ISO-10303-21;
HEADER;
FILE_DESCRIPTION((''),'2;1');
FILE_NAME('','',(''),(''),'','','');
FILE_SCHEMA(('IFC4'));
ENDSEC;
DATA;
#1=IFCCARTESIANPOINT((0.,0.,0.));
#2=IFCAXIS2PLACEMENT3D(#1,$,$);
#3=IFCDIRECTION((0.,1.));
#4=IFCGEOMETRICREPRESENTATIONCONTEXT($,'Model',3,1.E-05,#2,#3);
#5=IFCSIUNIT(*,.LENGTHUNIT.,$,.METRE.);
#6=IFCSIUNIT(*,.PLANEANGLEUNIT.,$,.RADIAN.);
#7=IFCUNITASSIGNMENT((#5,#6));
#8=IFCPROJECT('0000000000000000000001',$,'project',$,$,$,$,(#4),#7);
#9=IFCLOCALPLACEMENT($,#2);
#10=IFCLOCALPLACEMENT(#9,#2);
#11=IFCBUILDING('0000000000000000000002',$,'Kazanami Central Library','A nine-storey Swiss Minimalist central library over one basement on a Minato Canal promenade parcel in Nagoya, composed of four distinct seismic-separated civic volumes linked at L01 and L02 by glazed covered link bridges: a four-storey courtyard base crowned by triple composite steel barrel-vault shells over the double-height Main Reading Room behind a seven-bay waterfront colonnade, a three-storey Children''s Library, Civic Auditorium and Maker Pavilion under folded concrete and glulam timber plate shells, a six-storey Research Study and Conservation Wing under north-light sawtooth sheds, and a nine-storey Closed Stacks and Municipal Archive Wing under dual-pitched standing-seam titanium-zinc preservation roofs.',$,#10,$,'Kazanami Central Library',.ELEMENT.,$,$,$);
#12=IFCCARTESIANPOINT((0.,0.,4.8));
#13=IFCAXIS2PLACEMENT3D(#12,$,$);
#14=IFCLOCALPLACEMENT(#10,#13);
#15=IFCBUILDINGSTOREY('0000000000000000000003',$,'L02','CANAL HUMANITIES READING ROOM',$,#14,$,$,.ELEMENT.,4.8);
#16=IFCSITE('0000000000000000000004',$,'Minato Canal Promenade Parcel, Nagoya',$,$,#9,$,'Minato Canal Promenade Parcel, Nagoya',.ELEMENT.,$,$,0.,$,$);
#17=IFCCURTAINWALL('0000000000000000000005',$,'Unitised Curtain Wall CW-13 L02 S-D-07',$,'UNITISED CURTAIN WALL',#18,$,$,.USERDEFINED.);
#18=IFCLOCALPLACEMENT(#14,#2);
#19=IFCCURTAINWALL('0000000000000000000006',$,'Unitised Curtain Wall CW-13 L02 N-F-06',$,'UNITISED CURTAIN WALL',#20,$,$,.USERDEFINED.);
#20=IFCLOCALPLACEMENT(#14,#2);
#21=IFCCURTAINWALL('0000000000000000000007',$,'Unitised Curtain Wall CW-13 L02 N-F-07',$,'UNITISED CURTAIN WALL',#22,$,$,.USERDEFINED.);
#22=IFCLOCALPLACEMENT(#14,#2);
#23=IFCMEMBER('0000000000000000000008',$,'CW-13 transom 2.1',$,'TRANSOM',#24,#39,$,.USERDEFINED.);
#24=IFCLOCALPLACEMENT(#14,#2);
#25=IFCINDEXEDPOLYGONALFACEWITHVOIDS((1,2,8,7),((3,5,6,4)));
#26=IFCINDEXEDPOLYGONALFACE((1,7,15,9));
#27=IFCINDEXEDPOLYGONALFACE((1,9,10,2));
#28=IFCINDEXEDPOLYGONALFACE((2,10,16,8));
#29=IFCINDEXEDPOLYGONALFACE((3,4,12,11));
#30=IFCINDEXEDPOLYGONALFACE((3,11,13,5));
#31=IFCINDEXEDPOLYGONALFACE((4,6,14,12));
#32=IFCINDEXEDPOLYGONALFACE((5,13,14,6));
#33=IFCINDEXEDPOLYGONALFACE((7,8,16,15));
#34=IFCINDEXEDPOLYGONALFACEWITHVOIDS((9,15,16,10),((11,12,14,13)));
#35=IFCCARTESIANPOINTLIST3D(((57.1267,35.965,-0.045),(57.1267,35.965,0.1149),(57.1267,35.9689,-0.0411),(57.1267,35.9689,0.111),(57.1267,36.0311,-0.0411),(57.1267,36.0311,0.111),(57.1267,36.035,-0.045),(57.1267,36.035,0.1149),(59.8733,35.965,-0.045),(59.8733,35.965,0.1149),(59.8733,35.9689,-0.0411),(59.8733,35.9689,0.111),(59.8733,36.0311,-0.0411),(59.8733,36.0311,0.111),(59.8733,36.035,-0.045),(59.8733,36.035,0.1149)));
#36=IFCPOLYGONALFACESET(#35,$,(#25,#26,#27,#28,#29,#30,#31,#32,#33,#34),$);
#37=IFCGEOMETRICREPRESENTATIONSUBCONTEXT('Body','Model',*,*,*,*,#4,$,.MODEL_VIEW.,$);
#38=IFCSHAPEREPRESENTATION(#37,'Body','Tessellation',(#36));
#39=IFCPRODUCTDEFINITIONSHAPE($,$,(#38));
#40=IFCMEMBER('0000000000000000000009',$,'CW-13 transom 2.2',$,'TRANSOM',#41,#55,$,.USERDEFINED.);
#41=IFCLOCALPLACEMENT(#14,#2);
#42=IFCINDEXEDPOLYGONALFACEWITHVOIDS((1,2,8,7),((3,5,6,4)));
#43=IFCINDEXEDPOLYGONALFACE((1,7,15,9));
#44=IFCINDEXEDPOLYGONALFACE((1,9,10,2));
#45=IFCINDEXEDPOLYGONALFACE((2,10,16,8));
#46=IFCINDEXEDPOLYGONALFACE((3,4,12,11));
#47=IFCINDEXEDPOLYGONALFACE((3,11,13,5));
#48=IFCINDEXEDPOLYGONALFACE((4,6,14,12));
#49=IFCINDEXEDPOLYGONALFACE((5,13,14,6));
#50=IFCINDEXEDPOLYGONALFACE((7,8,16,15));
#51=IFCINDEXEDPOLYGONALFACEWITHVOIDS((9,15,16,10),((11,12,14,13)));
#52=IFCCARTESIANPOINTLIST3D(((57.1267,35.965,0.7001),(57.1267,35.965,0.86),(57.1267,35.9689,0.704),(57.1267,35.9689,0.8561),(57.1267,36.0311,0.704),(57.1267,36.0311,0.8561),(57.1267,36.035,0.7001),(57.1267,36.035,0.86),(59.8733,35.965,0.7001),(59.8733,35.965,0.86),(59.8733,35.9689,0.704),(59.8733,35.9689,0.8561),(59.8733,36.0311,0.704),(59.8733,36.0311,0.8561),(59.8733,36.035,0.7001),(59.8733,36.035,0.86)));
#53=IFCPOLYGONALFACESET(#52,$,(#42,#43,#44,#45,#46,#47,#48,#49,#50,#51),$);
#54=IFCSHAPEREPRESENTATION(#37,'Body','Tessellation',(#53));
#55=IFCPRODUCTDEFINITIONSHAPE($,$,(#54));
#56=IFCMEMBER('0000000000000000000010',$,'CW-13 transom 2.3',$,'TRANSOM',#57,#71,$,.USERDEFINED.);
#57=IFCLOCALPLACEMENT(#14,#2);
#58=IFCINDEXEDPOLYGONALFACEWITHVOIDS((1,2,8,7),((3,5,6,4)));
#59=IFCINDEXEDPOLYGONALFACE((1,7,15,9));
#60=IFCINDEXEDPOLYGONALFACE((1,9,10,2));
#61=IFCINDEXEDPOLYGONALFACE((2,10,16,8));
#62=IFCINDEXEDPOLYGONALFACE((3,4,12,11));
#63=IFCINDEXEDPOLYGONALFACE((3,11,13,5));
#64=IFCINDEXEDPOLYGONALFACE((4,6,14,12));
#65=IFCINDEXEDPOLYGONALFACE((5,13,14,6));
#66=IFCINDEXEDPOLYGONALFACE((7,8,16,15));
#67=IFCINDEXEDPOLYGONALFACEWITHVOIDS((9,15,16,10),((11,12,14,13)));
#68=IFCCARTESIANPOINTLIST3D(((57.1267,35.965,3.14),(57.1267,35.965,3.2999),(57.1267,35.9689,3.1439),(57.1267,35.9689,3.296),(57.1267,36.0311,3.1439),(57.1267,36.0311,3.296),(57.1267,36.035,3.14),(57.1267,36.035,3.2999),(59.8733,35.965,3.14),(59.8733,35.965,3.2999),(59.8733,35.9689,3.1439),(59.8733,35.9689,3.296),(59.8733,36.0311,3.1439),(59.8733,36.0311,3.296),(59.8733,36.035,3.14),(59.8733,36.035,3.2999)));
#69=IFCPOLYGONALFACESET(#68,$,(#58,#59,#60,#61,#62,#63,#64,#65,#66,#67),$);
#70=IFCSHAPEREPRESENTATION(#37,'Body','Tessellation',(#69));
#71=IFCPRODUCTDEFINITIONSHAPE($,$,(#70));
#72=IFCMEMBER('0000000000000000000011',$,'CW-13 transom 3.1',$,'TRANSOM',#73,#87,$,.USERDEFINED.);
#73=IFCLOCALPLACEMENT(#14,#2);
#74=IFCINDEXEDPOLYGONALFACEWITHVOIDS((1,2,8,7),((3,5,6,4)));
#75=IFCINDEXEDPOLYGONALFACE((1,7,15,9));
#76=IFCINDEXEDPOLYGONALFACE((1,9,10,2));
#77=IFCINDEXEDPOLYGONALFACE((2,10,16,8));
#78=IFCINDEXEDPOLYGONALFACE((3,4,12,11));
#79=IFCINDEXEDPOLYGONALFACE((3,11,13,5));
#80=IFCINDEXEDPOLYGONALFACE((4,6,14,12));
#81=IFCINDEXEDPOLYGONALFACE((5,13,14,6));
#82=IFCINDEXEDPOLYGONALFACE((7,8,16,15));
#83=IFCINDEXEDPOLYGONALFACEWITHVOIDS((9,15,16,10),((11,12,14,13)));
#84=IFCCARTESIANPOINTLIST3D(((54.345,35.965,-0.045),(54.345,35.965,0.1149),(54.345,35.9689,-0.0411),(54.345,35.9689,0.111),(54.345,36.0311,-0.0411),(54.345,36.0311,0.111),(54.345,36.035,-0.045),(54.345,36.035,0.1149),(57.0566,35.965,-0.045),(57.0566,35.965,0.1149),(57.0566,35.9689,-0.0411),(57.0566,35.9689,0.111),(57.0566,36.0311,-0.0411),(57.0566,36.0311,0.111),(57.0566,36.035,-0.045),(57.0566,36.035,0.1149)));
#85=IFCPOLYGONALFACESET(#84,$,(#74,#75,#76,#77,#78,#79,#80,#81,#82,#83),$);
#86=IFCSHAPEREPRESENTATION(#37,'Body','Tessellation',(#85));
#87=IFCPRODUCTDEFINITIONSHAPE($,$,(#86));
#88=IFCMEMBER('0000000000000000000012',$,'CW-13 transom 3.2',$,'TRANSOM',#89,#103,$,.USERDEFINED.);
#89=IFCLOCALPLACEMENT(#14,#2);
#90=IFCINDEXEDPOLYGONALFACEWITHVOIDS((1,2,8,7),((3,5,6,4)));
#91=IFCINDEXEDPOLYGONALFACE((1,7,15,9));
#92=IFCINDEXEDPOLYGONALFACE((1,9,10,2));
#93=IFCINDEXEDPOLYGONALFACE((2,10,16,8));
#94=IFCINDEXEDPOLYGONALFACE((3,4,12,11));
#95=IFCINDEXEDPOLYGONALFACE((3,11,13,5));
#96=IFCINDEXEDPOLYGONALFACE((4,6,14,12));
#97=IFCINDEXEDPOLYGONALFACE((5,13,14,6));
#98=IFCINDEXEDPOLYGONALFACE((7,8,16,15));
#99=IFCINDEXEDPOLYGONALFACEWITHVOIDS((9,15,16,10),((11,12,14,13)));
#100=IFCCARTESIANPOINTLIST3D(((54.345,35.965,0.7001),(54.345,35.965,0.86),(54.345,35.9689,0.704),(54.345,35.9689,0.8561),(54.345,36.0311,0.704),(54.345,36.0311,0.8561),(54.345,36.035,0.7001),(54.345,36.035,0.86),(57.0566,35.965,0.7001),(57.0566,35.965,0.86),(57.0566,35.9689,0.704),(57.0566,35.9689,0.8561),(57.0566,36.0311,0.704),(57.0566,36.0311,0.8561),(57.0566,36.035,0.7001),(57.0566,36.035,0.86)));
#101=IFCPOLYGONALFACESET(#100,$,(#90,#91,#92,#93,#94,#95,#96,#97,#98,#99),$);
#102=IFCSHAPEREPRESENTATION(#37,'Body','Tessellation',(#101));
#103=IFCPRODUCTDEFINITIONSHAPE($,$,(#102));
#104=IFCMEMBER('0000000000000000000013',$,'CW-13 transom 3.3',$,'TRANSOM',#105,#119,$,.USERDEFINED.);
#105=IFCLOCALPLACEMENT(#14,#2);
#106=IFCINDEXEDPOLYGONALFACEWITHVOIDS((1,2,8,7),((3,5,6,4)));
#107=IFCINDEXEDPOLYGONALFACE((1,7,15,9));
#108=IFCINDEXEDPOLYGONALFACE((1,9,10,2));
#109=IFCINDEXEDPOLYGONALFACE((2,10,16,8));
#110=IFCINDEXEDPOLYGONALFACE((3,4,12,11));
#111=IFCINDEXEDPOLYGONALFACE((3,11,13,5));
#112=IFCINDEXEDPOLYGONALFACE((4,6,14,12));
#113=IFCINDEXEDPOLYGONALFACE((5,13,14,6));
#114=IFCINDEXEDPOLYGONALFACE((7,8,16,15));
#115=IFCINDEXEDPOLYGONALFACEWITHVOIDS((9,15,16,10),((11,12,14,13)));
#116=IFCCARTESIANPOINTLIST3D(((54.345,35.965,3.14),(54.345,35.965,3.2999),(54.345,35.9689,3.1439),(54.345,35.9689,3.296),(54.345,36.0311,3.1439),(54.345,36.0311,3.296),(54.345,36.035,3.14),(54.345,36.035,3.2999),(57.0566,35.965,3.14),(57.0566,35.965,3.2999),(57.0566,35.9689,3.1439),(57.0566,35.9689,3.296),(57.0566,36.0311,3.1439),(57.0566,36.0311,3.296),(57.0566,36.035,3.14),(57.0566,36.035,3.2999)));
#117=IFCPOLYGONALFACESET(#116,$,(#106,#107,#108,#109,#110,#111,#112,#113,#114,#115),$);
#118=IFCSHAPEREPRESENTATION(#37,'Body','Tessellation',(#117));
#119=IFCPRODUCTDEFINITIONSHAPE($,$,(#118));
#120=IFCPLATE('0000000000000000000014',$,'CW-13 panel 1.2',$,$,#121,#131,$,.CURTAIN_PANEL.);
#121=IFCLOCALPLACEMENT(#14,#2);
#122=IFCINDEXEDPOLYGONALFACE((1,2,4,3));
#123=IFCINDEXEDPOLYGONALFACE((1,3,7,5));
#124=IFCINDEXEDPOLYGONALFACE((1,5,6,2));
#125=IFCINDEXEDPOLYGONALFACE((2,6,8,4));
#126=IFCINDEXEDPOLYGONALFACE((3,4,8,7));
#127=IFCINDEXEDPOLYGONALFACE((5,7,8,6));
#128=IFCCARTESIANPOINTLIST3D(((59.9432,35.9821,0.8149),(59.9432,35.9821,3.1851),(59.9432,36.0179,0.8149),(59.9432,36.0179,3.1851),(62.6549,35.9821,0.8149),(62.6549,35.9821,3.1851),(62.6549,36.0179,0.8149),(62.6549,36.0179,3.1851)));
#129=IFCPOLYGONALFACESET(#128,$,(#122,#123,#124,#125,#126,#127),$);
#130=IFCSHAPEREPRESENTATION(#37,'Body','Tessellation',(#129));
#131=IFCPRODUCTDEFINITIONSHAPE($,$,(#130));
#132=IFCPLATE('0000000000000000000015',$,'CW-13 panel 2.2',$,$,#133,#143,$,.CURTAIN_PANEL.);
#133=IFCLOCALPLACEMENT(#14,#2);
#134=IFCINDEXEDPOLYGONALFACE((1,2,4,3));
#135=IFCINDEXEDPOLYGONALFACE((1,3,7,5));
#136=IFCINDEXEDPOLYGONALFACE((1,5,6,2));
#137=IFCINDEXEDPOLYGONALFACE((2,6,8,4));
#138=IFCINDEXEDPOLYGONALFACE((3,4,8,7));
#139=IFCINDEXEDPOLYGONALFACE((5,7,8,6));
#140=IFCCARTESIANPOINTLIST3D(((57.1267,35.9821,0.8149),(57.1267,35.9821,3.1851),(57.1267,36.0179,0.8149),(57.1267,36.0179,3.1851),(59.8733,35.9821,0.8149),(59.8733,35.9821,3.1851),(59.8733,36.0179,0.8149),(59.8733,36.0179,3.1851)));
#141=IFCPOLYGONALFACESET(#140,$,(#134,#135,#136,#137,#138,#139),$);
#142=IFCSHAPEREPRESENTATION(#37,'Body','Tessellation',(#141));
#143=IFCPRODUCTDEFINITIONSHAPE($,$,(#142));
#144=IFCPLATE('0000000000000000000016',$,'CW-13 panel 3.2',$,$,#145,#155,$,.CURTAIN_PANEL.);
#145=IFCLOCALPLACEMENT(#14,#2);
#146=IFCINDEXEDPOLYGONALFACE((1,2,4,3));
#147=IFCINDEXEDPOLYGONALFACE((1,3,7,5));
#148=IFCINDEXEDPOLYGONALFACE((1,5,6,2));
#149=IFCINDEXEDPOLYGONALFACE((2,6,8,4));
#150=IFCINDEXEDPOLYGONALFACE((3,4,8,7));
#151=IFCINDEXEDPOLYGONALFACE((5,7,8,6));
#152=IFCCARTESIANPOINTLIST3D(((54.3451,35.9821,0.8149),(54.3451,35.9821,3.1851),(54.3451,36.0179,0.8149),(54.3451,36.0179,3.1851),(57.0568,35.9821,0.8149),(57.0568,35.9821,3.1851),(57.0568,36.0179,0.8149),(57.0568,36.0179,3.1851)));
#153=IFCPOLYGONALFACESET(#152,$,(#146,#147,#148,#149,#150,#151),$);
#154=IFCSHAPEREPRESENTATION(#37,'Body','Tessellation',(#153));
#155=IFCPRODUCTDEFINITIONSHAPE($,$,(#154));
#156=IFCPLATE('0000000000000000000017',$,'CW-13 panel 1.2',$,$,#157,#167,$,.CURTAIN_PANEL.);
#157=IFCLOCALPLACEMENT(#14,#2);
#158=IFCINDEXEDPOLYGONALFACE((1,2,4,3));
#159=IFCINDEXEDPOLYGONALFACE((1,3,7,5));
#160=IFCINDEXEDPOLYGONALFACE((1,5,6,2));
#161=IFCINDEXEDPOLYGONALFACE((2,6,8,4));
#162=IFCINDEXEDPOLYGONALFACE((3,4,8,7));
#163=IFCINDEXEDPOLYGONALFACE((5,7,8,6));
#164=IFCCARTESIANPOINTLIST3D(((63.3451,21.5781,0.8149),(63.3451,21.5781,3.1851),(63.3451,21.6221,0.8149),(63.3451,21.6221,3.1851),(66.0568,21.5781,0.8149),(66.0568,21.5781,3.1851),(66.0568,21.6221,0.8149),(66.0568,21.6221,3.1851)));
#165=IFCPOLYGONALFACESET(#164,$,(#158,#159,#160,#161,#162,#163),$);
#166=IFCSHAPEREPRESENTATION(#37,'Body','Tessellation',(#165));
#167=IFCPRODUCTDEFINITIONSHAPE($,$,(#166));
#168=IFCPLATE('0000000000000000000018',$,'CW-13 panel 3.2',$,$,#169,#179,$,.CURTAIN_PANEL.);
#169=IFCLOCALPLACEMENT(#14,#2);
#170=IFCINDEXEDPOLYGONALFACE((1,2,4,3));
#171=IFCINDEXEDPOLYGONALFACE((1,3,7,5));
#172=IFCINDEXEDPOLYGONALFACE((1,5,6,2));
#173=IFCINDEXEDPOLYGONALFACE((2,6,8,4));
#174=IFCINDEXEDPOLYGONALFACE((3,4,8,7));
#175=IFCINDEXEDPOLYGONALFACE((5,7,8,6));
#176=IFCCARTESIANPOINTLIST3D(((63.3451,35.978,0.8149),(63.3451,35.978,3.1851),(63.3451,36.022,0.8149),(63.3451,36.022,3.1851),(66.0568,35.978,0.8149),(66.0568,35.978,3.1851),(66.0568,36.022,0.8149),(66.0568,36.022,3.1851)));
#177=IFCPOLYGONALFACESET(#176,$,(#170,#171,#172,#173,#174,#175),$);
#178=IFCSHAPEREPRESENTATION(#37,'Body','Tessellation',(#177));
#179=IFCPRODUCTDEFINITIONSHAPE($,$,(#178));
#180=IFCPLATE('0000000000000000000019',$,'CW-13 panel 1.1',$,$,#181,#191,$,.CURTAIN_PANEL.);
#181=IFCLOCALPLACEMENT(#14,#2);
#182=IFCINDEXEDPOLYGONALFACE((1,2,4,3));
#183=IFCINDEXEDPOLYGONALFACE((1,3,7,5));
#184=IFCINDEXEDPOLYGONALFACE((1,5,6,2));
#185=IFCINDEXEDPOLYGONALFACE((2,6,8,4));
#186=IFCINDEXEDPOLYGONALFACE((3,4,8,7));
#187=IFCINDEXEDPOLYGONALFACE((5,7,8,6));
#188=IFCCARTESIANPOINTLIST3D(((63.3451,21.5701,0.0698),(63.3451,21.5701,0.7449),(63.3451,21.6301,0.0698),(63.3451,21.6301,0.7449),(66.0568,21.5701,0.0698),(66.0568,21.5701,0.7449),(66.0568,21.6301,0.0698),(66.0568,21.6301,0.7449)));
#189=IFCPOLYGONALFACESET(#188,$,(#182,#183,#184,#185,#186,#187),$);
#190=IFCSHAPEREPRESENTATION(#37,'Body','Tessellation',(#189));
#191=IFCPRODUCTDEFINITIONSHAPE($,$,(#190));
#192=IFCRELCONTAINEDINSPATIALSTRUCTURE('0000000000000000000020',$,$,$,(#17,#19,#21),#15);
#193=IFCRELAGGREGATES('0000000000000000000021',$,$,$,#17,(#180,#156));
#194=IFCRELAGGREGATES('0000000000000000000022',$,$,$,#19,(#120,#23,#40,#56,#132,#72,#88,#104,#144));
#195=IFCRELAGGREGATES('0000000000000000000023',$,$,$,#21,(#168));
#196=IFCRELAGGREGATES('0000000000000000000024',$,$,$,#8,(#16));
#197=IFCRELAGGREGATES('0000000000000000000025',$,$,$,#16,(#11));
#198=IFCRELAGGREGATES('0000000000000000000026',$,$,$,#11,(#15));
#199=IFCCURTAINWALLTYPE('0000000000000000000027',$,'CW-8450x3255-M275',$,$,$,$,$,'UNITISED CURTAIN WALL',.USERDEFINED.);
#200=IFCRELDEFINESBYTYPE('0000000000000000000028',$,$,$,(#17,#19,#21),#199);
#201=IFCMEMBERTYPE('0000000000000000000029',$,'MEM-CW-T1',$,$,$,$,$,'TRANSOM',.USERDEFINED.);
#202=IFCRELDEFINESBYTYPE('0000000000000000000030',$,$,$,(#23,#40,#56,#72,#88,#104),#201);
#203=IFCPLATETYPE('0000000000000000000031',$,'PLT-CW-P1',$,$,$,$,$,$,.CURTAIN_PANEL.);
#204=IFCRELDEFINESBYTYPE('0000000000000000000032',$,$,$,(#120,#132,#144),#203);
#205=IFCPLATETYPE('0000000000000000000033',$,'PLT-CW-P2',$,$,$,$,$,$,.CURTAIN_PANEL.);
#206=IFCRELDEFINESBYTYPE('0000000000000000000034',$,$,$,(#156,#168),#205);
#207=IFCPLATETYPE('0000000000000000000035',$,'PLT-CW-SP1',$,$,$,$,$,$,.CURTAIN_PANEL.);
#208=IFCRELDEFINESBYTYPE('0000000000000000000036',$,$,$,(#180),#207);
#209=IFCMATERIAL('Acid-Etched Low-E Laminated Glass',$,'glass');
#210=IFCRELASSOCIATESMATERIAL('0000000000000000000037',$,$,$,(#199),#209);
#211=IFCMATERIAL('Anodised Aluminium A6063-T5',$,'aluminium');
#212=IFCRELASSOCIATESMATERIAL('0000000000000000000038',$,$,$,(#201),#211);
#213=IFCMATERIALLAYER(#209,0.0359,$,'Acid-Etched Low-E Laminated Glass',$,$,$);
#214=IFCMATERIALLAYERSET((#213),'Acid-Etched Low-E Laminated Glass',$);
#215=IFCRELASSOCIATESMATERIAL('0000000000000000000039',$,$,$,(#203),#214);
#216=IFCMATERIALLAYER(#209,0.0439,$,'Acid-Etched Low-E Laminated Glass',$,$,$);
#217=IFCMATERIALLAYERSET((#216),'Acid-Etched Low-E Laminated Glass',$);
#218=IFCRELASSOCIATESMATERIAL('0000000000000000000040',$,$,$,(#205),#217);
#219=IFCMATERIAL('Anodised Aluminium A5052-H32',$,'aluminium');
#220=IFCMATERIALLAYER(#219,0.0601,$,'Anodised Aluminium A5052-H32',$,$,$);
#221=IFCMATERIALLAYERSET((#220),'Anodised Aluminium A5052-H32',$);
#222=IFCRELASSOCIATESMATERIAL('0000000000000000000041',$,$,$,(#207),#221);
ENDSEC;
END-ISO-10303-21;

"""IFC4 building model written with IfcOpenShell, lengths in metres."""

from ifc_helpers import new_model, si_unit, direction, frame, origin, origin_2d, place, context, subcontext, project, spatial, rectangle, hollow_rectangle, extrude, material, layer, layer_set, material_profile, profile_set, type_object, element, aggregate, save


model = new_model("IFC4")

# Units and contexts
model_context = context("Model", 3, precision=1e-05, world=origin(), true_north=direction((0.0, 1.0)))
body_context = subcontext(model_context, "Body", "Model", "MODEL_VIEW")
ifc_project = project(units=[si_unit("LENGTHUNIT", "METRE"), si_unit("PLANEANGLEUNIT", "RADIAN")], contexts=[model_context])

# Site, building, storey
site_placement = place(None, origin())
site = spatial("IfcSite", under=ifc_project, at=site_placement, Name="Minato Canal Promenade Parcel, Nagoya", LongName="Minato Canal Promenade Parcel, Nagoya", CompositionType="ELEMENT", RefElevation=0.0)
building_placement = place(site_placement, origin())
building = spatial("IfcBuilding", under=site, at=building_placement, Name="Kazanami Central Library", Description="A nine-storey Swiss Minimalist central library over one basement on a Minato Canal promenade parcel in Nagoya, composed of four distinct seismic-separated civic volumes linked at L01 and L02 by glazed covered link bridges: a four-storey courtyard base crowned by triple composite steel barrel-vault shells over the double-height Main Reading Room behind a seven-bay waterfront colonnade, a three-storey Children's Library, Civic Auditorium and Maker Pavilion under folded concrete and glulam timber plate shells, a six-storey Research Study and Conservation Wing under north-light sawtooth sheds, and a nine-storey Closed Stacks and Municipal Archive Wing under dual-pitched standing-seam titanium-zinc preservation roofs.", LongName="Kazanami Central Library", CompositionType="ELEMENT")
storey_placement = place(building_placement, frame((0.0, 0.0, 4.8)))
storey = spatial("IfcBuildingStorey", under=building, at=storey_placement, Name="L02", Description="CANAL HUMANITIES READING ROOM", CompositionType="ELEMENT", Elevation=4.8)

# Curtain wall
ifc_material_1 = material(Name="Acid-Etched Low-E Laminated Glass", Category="glass")
curtain_wall_type = type_object("IfcCurtainWallType", Name="CW-8450x3255-M275", ElementType="UNITISED CURTAIN WALL", PredefinedType="USERDEFINED", material=ifc_material_1)
curtain_wall_1_placement = place(storey_placement, origin())
curtain_wall_1 = element("IfcCurtainWall", 1, at=curtain_wall_1_placement, inside=storey, type_object=curtain_wall_type, Name="Unitised Curtain Wall CW-13 L02 S-D-07", ObjectType="UNITISED CURTAIN WALL", PredefinedType="USERDEFINED")
ifc_material_2 = material(Name="Anodised Aluminium A6063-T5", Category="aluminium")

# Curtain wall
curtain_wall_2_placement = place(storey_placement, origin())
curtain_wall_2 = element("IfcCurtainWall", 2, at=curtain_wall_2_placement, inside=storey, type_object=curtain_wall_type, Name="Unitised Curtain Wall CW-13 L02 N-F-06", ObjectType="UNITISED CURTAIN WALL", PredefinedType="USERDEFINED")

# Curtain wall
curtain_wall_3_placement = place(storey_placement, origin())
curtain_wall_3 = element("IfcCurtainWall", 3, at=curtain_wall_3_placement, inside=storey, type_object=curtain_wall_type, Name="Unitised Curtain Wall CW-13 L02 N-F-07", ObjectType="UNITISED CURTAIN WALL", PredefinedType="USERDEFINED")

# Members
ifc_material_profile_1 = material_profile(ifc_material_2, hollow_rectangle(XDim=0.0701, YDim=0.1599, WallThickness=0.0039, at=origin_2d()), Name="ALU-TRAN-70x160x4")
ifc_profile_set_1 = profile_set([ifc_material_profile_1], Name="Anodised Aluminium A6063-T5")
member_type_1 = type_object("IfcMemberType", Name="MEM-CW-T1", ElementType="TRANSOM", PredefinedType="USERDEFINED", material=ifc_profile_set_1)
member_1_placement = place(storey_placement, frame((59.8733, 36.0, 0.0349), z_axis=(-1.0, 0.0, 0.0), x_axis=(0.0, -1.0, 0.0)))
member_1 = element("IfcMember", 4, at=member_1_placement, type_object=member_type_1, Name="CW-13 transom 2.1", ObjectType="TRANSOM", PredefinedType="USERDEFINED", context=body_context, shape_type="SweptSolid", body=[
    extrude(hollow_rectangle(XDim=0.0701, YDim=0.1599, WallThickness=0.0039, at=origin_2d()), origin(), (0.0, 0.0, 1.0), 2.7466),
])
member_2_placement = place(storey_placement, frame((59.8733, 36.0, 0.78), z_axis=(-1.0, 0.0, 0.0), x_axis=(0.0, -1.0, 0.0)))
member_2 = element("IfcMember", 5, at=member_2_placement, type_object=member_type_1, Name="CW-13 transom 2.2", ObjectType="TRANSOM", PredefinedType="USERDEFINED", context=body_context, shape_type="SweptSolid", body=[
    extrude(hollow_rectangle(XDim=0.0701, YDim=0.1599, WallThickness=0.0039, at=origin_2d()), origin(), (0.0, 0.0, 1.0), 2.7466),
])
member_3_placement = place(storey_placement, frame((59.8733, 36.0, 3.22), z_axis=(-1.0, 0.0, 0.0), x_axis=(0.0, -1.0, 0.0)))
member_3 = element("IfcMember", 6, at=member_3_placement, type_object=member_type_1, Name="CW-13 transom 2.3", ObjectType="TRANSOM", PredefinedType="USERDEFINED", context=body_context, shape_type="SweptSolid", body=[
    extrude(hollow_rectangle(XDim=0.0701, YDim=0.1599, WallThickness=0.0039, at=origin_2d()), origin(), (0.0, 0.0, 1.0), 2.7466),
])
member_4_placement = place(storey_placement, frame((57.0566, 36.0, 0.0349), z_axis=(-1.0, 0.0, 0.0), x_axis=(0.0, -1.0, 0.0)))
member_4 = element("IfcMember", 7, at=member_4_placement, type_object=member_type_1, Name="CW-13 transom 3.1", ObjectType="TRANSOM", PredefinedType="USERDEFINED", context=body_context, shape_type="SweptSolid", body=[
    extrude(hollow_rectangle(XDim=0.0701, YDim=0.1599, WallThickness=0.0039, at=origin_2d()), origin(), (0.0, 0.0, 1.0), 2.7117),
])
member_5_placement = place(storey_placement, frame((57.0566, 36.0, 0.78), z_axis=(-1.0, 0.0, 0.0), x_axis=(0.0, -1.0, 0.0)))
member_5 = element("IfcMember", 8, at=member_5_placement, type_object=member_type_1, Name="CW-13 transom 3.2", ObjectType="TRANSOM", PredefinedType="USERDEFINED", context=body_context, shape_type="SweptSolid", body=[
    extrude(hollow_rectangle(XDim=0.0701, YDim=0.1599, WallThickness=0.0039, at=origin_2d()), origin(), (0.0, 0.0, 1.0), 2.7117),
])
member_6_placement = place(storey_placement, frame((57.0566, 36.0, 3.22), z_axis=(-1.0, 0.0, 0.0), x_axis=(0.0, -1.0, 0.0)))
member_6 = element("IfcMember", 9, at=member_6_placement, type_object=member_type_1, Name="CW-13 transom 3.3", ObjectType="TRANSOM", PredefinedType="USERDEFINED", context=body_context, shape_type="SweptSolid", body=[
    extrude(hollow_rectangle(XDim=0.0701, YDim=0.1599, WallThickness=0.0039, at=origin_2d()), origin(), (0.0, 0.0, 1.0), 2.7117),
])

# Plates
ifc_layer_1 = layer(ifc_material_1, 0.0359, Name="Acid-Etched Low-E Laminated Glass")
ifc_layer_set_1 = layer_set([ifc_layer_1], Name="Acid-Etched Low-E Laminated Glass")
plate_type_1 = type_object("IfcPlateType", Name="PLT-CW-P1", PredefinedType="CURTAIN_PANEL", material=ifc_layer_set_1)
plate_1_placement = place(storey_placement, frame((61.2991, 36.0, 0.8149), z_axis=(0.0, 0.0, 1.0), x_axis=(-1.0, 0.0, 0.0)))
plate_1 = element("IfcPlate", 10, at=plate_1_placement, type_object=plate_type_1, Name="CW-13 panel 1.2", PredefinedType="CURTAIN_PANEL", context=body_context, shape_type="SweptSolid", body=[
    extrude(rectangle(XDim=2.7117, YDim=0.0359, at=origin_2d()), origin(), (0.0, 0.0, 1.0), 2.3701),
])
plate_2_placement = place(storey_placement, frame((58.5, 36.0, 0.8149), z_axis=(0.0, 0.0, 1.0), x_axis=(-1.0, 0.0, 0.0)))
plate_2 = element("IfcPlate", 11, at=plate_2_placement, type_object=plate_type_1, Name="CW-13 panel 2.2", PredefinedType="CURTAIN_PANEL", context=body_context, shape_type="SweptSolid", body=[
    extrude(rectangle(XDim=2.7466, YDim=0.0359, at=origin_2d()), origin(), (0.0, 0.0, 1.0), 2.3701),
])
plate_3_placement = place(storey_placement, frame((55.7009, 36.0, 0.8149), z_axis=(0.0, 0.0, 1.0), x_axis=(-1.0, 0.0, 0.0)))
plate_3 = element("IfcPlate", 12, at=plate_3_placement, type_object=plate_type_1, Name="CW-13 panel 3.2", PredefinedType="CURTAIN_PANEL", context=body_context, shape_type="SweptSolid", body=[
    extrude(rectangle(XDim=2.7117, YDim=0.0359, at=origin_2d()), origin(), (0.0, 0.0, 1.0), 2.3701),
])
ifc_layer_2 = layer(ifc_material_1, 0.0439, Name="Acid-Etched Low-E Laminated Glass")
ifc_layer_set_2 = layer_set([ifc_layer_2], Name="Acid-Etched Low-E Laminated Glass")
plate_type_2 = type_object("IfcPlateType", Name="PLT-CW-P2", PredefinedType="CURTAIN_PANEL", material=ifc_layer_set_2)
plate_4_placement = place(storey_placement, frame((64.7009, 21.6001, 0.8149), z_axis=(0.0, 0.0, 1.0), x_axis=(1.0, 0.0, 0.0)))
plate_4 = element("IfcPlate", 13, at=plate_4_placement, type_object=plate_type_2, Name="CW-13 panel 1.2", PredefinedType="CURTAIN_PANEL", context=body_context, shape_type="SweptSolid", body=[
    extrude(rectangle(XDim=2.7117, YDim=0.0439, at=origin_2d()), origin(), (0.0, 0.0, 1.0), 2.3701),
])
plate_5_placement = place(storey_placement, frame((64.7009, 36.0, 0.8149), z_axis=(0.0, 0.0, 1.0), x_axis=(-1.0, 0.0, 0.0)))
plate_5 = element("IfcPlate", 14, at=plate_5_placement, type_object=plate_type_2, Name="CW-13 panel 3.2", PredefinedType="CURTAIN_PANEL", context=body_context, shape_type="SweptSolid", body=[
    extrude(rectangle(XDim=2.7117, YDim=0.0439, at=origin_2d()), origin(), (0.0, 0.0, 1.0), 2.3701),
])
ifc_material_3 = material(Name="Anodised Aluminium A5052-H32", Category="aluminium")
ifc_layer_3 = layer(ifc_material_3, 0.0601, Name="Anodised Aluminium A5052-H32")
ifc_layer_set_3 = layer_set([ifc_layer_3], Name="Anodised Aluminium A5052-H32")
plate_type_3 = type_object("IfcPlateType", Name="PLT-CW-SP1", PredefinedType="CURTAIN_PANEL", material=ifc_layer_set_3)
plate_6_placement = place(storey_placement, frame((64.7009, 21.6001, 0.0698), z_axis=(0.0, 0.0, 1.0), x_axis=(1.0, 0.0, 0.0)))
plate_6 = element("IfcPlate", 15, at=plate_6_placement, type_object=plate_type_3, Name="CW-13 panel 1.1", PredefinedType="CURTAIN_PANEL", context=body_context, shape_type="SweptSolid", body=[
    extrude(rectangle(XDim=2.7117, YDim=0.0601, at=origin_2d()), origin(), (0.0, 0.0, 1.0), 0.675),
])
aggregate(curtain_wall_1, [plate_6, plate_4])
aggregate(curtain_wall_2, [plate_1, member_1, member_2, member_3, plate_2, member_4, member_5, member_6, plate_3])
aggregate(curtain_wall_3, [plate_5])

save(model, "model.ifc")
